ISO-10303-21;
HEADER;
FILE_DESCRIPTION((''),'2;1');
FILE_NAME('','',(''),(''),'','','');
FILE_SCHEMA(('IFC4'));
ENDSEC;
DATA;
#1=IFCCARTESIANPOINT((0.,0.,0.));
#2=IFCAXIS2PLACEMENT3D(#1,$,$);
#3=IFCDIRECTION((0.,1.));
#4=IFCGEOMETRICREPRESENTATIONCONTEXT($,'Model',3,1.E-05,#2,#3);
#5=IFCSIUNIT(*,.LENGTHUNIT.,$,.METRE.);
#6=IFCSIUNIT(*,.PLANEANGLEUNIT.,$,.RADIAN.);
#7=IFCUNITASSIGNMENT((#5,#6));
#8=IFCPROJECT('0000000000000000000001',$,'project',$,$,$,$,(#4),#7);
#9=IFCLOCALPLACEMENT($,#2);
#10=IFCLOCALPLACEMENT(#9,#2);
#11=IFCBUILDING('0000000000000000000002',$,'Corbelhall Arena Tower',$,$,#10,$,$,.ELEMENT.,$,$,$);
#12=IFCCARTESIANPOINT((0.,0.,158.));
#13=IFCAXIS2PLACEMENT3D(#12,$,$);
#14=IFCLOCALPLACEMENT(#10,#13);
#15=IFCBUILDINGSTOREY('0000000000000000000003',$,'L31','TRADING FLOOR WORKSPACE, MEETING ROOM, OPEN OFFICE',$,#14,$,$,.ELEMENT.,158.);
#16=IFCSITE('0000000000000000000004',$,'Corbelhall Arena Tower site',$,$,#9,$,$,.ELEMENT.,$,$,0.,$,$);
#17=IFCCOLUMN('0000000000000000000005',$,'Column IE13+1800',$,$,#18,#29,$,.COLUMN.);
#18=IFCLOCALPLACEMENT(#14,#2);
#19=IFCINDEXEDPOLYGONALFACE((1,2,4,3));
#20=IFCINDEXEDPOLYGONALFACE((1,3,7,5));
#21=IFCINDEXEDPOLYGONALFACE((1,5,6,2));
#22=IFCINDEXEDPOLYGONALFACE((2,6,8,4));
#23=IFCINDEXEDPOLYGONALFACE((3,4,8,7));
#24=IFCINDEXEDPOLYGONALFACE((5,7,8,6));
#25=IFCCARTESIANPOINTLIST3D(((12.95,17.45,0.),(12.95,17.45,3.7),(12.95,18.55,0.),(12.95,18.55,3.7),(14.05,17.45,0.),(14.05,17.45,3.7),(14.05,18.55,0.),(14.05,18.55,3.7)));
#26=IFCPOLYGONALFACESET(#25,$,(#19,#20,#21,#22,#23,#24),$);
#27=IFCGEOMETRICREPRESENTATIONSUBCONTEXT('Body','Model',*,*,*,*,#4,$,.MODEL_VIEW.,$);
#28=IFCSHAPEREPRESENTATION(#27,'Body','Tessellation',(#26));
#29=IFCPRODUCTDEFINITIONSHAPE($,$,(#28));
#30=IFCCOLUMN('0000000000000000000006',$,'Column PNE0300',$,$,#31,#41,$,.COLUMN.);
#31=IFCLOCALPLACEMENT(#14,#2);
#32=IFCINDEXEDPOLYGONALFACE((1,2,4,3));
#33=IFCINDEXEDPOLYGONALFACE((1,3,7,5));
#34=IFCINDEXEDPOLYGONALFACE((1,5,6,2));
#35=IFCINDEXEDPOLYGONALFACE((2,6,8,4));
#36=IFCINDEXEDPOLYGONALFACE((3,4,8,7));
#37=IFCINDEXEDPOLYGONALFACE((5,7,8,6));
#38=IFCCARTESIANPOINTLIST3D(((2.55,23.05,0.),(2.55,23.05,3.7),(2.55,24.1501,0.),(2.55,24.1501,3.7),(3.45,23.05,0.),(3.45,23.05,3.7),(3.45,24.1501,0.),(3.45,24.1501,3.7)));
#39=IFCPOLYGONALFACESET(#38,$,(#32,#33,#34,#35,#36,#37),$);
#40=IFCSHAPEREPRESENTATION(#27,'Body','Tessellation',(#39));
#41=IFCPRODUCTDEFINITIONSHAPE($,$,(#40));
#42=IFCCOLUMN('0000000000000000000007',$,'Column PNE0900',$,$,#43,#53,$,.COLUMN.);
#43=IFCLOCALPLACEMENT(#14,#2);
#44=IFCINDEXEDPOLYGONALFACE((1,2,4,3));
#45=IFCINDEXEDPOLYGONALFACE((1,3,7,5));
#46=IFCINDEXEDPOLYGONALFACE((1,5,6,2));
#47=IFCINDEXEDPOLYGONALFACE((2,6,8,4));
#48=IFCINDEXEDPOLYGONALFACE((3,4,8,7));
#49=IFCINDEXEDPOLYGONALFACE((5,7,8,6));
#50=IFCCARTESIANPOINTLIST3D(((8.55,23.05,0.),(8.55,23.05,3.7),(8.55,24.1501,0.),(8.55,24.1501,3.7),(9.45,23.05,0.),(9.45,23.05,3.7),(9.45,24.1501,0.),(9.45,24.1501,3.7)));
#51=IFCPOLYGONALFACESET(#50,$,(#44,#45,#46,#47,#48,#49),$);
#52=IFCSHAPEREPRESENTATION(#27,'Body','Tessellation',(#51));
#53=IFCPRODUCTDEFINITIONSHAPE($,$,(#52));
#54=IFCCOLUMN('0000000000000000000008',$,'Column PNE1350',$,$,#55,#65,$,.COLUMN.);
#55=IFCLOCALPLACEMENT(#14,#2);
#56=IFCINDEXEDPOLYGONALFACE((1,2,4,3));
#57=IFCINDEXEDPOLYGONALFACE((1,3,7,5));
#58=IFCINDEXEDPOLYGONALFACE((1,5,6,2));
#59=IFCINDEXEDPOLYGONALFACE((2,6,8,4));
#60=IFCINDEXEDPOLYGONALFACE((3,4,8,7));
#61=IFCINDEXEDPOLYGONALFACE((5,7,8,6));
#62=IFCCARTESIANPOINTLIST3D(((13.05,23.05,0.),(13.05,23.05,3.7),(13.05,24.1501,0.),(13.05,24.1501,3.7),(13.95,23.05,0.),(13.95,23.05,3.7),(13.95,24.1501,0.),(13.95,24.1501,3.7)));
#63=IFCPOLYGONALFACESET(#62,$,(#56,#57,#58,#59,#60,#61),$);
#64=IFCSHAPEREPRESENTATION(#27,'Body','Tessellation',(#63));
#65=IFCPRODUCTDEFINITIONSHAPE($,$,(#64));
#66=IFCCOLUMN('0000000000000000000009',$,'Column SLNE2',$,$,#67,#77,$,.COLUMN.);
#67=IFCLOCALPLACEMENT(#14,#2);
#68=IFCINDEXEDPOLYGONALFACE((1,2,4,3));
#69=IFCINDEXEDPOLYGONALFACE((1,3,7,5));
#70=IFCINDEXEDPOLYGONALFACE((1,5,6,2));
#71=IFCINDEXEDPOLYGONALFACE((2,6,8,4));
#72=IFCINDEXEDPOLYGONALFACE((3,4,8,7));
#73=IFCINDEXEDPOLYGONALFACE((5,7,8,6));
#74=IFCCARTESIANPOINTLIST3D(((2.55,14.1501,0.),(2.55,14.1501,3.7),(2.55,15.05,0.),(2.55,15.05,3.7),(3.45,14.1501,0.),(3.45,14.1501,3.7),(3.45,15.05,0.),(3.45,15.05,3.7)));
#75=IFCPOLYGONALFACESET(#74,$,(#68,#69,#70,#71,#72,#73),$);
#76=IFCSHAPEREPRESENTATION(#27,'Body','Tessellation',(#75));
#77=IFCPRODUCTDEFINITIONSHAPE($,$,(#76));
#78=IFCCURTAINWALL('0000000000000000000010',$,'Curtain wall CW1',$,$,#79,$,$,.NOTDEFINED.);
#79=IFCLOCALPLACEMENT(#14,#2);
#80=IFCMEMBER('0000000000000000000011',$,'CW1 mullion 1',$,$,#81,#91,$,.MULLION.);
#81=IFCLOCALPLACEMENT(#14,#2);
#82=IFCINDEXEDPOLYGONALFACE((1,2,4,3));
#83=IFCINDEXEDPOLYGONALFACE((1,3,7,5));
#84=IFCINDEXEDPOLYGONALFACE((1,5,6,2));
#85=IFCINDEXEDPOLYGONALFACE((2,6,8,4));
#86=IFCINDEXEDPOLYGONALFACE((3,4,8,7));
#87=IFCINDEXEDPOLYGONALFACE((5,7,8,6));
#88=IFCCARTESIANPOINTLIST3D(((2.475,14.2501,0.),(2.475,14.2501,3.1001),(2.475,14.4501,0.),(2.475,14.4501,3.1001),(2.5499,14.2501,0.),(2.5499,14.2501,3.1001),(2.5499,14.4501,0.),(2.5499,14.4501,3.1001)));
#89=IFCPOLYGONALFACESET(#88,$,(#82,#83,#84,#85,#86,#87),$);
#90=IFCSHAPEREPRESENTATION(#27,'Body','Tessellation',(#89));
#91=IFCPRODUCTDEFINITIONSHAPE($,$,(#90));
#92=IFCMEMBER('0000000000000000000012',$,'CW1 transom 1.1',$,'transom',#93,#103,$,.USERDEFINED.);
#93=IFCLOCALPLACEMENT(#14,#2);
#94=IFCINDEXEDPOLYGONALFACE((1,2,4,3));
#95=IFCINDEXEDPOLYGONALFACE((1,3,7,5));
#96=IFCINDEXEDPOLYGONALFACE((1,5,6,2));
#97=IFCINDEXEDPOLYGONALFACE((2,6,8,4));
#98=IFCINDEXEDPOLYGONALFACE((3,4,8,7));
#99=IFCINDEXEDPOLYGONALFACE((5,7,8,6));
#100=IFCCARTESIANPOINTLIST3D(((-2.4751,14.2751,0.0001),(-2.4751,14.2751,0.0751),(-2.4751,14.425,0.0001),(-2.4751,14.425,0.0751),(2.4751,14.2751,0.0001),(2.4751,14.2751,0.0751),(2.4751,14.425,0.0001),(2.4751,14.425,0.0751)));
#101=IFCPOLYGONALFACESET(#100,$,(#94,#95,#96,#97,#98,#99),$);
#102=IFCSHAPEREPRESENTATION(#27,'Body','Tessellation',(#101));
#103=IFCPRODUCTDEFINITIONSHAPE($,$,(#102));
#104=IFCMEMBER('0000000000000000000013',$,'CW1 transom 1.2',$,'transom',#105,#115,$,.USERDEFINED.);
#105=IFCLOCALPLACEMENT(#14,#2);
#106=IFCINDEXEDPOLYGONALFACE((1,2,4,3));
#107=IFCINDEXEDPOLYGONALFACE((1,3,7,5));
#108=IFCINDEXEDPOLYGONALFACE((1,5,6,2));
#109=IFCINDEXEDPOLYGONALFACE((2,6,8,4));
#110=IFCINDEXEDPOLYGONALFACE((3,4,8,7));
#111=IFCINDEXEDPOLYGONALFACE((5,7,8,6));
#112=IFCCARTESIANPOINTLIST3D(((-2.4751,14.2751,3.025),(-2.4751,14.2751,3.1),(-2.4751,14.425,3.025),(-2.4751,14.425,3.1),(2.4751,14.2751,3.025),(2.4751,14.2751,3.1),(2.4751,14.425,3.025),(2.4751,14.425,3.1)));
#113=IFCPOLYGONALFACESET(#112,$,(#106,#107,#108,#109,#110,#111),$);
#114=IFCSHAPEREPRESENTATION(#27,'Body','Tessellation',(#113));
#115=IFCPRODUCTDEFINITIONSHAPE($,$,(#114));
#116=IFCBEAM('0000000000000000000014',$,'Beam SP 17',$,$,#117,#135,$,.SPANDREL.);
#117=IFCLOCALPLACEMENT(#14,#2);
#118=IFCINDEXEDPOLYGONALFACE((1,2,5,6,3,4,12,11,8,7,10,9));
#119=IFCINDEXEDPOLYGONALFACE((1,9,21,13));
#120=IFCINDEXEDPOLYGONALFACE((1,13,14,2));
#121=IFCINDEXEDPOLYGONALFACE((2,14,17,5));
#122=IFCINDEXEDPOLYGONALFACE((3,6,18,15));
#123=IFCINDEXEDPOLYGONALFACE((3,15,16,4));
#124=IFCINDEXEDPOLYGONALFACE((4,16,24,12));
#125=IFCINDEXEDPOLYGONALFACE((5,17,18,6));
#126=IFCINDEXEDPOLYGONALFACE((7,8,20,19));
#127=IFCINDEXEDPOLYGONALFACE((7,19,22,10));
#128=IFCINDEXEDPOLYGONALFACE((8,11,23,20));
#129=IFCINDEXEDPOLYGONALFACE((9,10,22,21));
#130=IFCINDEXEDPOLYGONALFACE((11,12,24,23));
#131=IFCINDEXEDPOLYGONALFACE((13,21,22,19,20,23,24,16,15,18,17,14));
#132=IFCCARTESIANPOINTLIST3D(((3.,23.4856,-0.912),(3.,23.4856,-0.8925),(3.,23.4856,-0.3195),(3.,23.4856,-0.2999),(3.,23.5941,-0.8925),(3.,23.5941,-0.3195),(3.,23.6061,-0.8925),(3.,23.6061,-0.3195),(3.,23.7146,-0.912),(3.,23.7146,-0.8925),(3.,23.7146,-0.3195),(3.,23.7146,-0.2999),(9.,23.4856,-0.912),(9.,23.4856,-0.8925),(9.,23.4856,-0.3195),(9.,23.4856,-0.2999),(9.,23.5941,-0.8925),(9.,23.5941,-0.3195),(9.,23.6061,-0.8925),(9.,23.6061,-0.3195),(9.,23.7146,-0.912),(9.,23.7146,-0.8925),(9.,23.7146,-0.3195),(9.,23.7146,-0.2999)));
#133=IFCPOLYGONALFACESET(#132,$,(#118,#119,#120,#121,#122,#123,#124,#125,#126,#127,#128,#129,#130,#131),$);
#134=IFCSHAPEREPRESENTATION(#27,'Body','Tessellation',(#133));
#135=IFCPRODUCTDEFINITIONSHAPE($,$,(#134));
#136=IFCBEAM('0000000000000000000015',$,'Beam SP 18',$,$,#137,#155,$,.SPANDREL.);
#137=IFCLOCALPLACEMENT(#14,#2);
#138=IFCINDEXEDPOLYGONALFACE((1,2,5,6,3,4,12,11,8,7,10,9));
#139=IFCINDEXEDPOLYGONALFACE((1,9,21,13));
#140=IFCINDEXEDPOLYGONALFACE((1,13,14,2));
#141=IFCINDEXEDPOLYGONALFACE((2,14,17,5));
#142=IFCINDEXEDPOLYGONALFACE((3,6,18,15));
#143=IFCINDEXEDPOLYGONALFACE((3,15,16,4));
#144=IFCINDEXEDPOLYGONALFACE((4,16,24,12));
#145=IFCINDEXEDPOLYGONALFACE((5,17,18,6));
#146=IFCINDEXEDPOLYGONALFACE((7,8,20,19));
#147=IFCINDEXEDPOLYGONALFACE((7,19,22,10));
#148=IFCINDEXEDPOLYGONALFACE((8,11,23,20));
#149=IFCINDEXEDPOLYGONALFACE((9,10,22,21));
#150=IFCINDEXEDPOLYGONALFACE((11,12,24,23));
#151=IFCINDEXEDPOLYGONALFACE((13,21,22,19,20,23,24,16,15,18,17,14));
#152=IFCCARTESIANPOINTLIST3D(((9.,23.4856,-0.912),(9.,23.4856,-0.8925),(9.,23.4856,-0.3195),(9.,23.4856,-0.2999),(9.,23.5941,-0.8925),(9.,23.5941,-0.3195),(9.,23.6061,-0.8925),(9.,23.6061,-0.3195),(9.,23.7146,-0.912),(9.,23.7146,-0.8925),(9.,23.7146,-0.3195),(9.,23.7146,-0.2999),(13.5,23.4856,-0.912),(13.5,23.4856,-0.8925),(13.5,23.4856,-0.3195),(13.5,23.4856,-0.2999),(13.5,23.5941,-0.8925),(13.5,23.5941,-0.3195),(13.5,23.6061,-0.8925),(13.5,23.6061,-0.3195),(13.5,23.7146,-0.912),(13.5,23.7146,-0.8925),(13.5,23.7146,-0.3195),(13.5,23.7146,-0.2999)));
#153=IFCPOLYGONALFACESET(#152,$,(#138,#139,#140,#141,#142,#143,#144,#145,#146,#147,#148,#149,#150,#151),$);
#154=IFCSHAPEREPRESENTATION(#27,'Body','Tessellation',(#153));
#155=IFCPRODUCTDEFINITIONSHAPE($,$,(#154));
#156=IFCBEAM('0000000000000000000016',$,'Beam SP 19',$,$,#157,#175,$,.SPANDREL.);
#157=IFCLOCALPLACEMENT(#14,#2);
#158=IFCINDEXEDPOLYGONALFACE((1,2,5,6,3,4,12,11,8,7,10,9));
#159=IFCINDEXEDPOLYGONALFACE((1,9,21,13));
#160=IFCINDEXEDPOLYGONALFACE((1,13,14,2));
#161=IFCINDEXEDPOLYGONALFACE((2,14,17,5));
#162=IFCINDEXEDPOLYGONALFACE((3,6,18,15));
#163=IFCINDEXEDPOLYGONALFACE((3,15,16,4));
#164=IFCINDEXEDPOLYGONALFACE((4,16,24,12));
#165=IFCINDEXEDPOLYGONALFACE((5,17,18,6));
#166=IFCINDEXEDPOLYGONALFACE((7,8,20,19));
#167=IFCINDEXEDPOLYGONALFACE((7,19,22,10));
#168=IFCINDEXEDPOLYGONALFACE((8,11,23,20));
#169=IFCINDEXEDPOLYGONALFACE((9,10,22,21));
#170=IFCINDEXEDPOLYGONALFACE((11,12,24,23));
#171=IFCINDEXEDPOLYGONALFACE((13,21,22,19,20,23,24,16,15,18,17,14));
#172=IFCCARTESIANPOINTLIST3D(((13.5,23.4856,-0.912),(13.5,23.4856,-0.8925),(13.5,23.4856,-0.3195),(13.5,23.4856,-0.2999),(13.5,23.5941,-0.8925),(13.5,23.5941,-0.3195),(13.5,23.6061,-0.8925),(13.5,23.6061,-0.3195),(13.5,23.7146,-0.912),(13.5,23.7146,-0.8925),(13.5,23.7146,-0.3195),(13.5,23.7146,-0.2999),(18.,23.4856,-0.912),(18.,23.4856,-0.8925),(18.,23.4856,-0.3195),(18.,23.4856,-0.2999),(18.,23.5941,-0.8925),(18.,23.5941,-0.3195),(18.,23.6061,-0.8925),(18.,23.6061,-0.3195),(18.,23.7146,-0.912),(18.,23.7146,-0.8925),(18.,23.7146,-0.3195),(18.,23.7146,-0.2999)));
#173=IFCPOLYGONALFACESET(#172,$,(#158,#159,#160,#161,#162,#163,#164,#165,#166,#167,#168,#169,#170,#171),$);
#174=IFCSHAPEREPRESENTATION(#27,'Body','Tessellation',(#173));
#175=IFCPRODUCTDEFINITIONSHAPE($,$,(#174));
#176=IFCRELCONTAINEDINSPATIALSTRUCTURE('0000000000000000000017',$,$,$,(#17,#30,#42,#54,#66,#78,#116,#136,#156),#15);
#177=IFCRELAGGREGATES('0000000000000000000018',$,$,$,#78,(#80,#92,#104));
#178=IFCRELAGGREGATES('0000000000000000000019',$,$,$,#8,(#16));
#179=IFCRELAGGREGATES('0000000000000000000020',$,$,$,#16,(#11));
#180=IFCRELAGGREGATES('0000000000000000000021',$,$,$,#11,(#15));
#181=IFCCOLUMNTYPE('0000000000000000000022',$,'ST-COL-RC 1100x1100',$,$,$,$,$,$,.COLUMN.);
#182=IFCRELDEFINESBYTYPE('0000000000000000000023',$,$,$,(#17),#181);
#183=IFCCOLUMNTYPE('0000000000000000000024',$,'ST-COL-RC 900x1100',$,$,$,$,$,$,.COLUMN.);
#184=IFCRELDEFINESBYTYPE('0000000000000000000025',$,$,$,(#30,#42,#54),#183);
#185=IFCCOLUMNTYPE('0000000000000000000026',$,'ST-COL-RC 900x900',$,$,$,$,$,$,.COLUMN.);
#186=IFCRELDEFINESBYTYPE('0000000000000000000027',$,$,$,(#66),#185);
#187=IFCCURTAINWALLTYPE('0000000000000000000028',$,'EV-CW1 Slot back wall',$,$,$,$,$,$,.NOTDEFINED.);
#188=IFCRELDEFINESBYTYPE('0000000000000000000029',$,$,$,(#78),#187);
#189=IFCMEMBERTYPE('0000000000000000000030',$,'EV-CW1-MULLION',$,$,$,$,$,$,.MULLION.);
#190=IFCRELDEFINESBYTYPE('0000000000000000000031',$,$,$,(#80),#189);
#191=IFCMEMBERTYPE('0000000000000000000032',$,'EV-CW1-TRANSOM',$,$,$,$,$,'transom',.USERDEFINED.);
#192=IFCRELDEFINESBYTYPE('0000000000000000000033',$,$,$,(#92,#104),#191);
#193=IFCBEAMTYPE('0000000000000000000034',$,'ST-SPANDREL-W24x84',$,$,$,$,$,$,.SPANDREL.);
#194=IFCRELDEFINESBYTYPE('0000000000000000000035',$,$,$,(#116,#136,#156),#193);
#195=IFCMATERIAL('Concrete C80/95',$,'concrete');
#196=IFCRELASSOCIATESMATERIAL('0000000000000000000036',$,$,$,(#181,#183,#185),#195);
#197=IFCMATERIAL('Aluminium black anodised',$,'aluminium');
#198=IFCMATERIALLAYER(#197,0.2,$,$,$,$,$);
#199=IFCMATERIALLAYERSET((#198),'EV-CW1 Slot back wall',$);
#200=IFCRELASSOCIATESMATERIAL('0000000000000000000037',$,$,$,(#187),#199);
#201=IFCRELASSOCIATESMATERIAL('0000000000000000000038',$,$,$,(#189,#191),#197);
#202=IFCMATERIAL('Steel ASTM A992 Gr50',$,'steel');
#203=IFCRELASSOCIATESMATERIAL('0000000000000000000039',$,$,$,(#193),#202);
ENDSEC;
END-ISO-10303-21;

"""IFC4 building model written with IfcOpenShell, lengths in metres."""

from ifc_helpers import new_model, si_unit, direction, frame, origin, origin_2d, place, context, subcontext, project, spatial, rectangle, i_section, extrude, material, layer, layer_set, material_profile, profile_set, type_object, element, aggregate, save


model = new_model("IFC4")

# Units and contexts
model_context = context("Model", 3, precision=1e-05, world=origin(), true_north=direction((0.0, 1.0)))
body_context = subcontext(model_context, "Body", "Model", "MODEL_VIEW")
ifc_project = project(units=[si_unit("LENGTHUNIT", "METRE"), si_unit("PLANEANGLEUNIT", "RADIAN")], contexts=[model_context])

# Site, building, storey
site_placement = place(None, origin())
site = spatial("IfcSite", under=ifc_project, at=site_placement, Name="Corbelhall Arena Tower site", CompositionType="ELEMENT", RefElevation=0.0)
building_placement = place(site_placement, origin())
building = spatial("IfcBuilding", under=site, at=building_placement, Name="Corbelhall Arena Tower", CompositionType="ELEMENT")
storey_placement = place(building_placement, frame((0.0, 0.0, 158.0)))
storey = spatial("IfcBuildingStorey", under=building, at=storey_placement, Name="L31", Description="TRADING FLOOR WORKSPACE, MEETING ROOM, OPEN OFFICE", CompositionType="ELEMENT", Elevation=158.0)

# Columns
ifc_material_1 = material(Name="Concrete C80/95", Category="concrete")
ifc_material_profile_1 = material_profile(ifc_material_1, rectangle(XDim=1.1001, YDim=1.1001, at=origin_2d()))
ifc_profile_set_1 = profile_set([ifc_material_profile_1], Name="Concrete C80/95")
column_type_1 = type_object("IfcColumnType", Name="ST-COL-RC 1100x1100", PredefinedType="COLUMN", material=ifc_profile_set_1)
column_1_placement = place(storey_placement, frame((13.5, 18.0, 0.0), z_axis=(0.0, 0.0, 1.0), x_axis=(1.0, 0.0, 0.0)))
element("IfcColumn", 1, at=column_1_placement, inside=storey, type_object=column_type_1, Name="Column IE13+1800", PredefinedType="COLUMN", context=body_context, shape_type="SweptSolid", body=[
    extrude(rectangle(XDim=1.1001, YDim=1.1001, at=origin_2d()), origin(), (0.0, 0.0, 1.0), 3.7),
])
ifc_material_profile_2 = material_profile(ifc_material_1, rectangle(XDim=0.8999, YDim=1.1001, at=origin_2d()))
ifc_profile_set_2 = profile_set([ifc_material_profile_2], Name="Concrete C80/95")
column_type_2 = type_object("IfcColumnType", Name="ST-COL-RC 900x1100", PredefinedType="COLUMN", material=ifc_profile_set_2)
for number, where, z_axis, x_axis, name in (
    (2, (3.0, 23.6001, 0.0), (0.0, 0.0, 1.0), (1.0, 0.0, 0.0), "Column PNE0300"),
    (3, (9.0, 23.6001, 0.0), (0.0, 0.0, 1.0), (1.0, 0.0, 0.0), "Column PNE0900"),
    (4, (13.5, 23.6001, 0.0), (0.0, 0.0, 1.0), (1.0, 0.0, 0.0), "Column PNE1350"),
):
    element("IfcColumn", number, at=place(storey_placement, frame(where, z_axis=z_axis, x_axis=x_axis)), inside=storey, type_object=column_type_2, Name=name, PredefinedType="COLUMN", context=body_context, shape_type="SweptSolid", body=[
        extrude(rectangle(XDim=0.8999, YDim=1.1001, at=origin_2d()), origin(), (0.0, 0.0, 1.0), 3.7),
    ])
ifc_material_profile_3 = material_profile(ifc_material_1, rectangle(XDim=0.8999, YDim=0.8999, at=origin_2d()))
ifc_profile_set_3 = profile_set([ifc_material_profile_3], Name="Concrete C80/95")
column_type_3 = type_object("IfcColumnType", Name="ST-COL-RC 900x900", PredefinedType="COLUMN", material=ifc_profile_set_3)
column_2_placement = place(storey_placement, frame((3.0, 14.6001, 0.0), z_axis=(0.0, 0.0, 1.0), x_axis=(1.0, 0.0, 0.0)))
element("IfcColumn", 5, at=column_2_placement, inside=storey, type_object=column_type_3, Name="Column SLNE2", PredefinedType="COLUMN", context=body_context, shape_type="SweptSolid", body=[
    extrude(rectangle(XDim=0.8999, YDim=0.8999, at=origin_2d()), origin(), (0.0, 0.0, 1.0), 3.7),
])

# Curtain wall, members
ifc_material_2 = material(Name="Aluminium black anodised", Category="aluminium")
ifc_layer_1 = layer(ifc_material_2, 0.2)
ifc_layer_set_1 = layer_set([ifc_layer_1], Name="EV-CW1 Slot back wall")
curtain_wall_type = type_object("IfcCurtainWallType", Name="EV-CW1 Slot back wall", PredefinedType="NOTDEFINED", material=ifc_layer_set_1)
curtain_wall_placement = place(storey_placement, origin())
curtain_wall = element("IfcCurtainWall", 6, at=curtain_wall_placement, inside=storey, type_object=curtain_wall_type, Name="Curtain wall CW1", PredefinedType="NOTDEFINED")
ifc_material_profile_4 = material_profile(ifc_material_2, rectangle(XDim=0.2, YDim=0.075, at=origin_2d()))
ifc_profile_set_4 = profile_set([ifc_material_profile_4], Name="Aluminium black anodised")
member_type_1 = type_object("IfcMemberType", Name="EV-CW1-MULLION", PredefinedType="MULLION", material=ifc_profile_set_4)
member_1_placement = place(storey_placement, frame((2.5125, 14.3501, 0.0), z_axis=(0.0, 0.0, 1.0), x_axis=(0.0, -1.0, 0.0)))
member_1 = element("IfcMember", 7, at=member_1_placement, type_object=member_type_1, Name="CW1 mullion 1", PredefinedType="MULLION", context=body_context, shape_type="SweptSolid", body=[
    extrude(rectangle(XDim=0.2, YDim=0.075, at=origin_2d()), origin(), (0.0, 0.0, 1.0), 3.1001),
])
ifc_material_profile_5 = material_profile(ifc_material_2, rectangle(XDim=0.1499, YDim=0.075, at=origin_2d()))
ifc_profile_set_5 = profile_set([ifc_material_profile_5], Name="Aluminium black anodised")
member_type_2 = type_object("IfcMemberType", Name="EV-CW1-TRANSOM", ElementType="transom", PredefinedType="USERDEFINED", material=ifc_profile_set_5)
member_2_placement = place(storey_placement, frame((2.4751, 14.3501, 0.0376), z_axis=(-1.0, 0.0, 0.0), x_axis=(0.0, -1.0, 0.0)))
member_2 = element("IfcMember", 8, at=member_2_placement, type_object=member_type_2, Name="CW1 transom 1.1", ObjectType="transom", PredefinedType="USERDEFINED", context=body_context, shape_type="SweptSolid", body=[
    extrude(rectangle(XDim=0.1499, YDim=0.075, at=origin_2d()), origin(), (0.0, 0.0, 1.0), 4.9502),
])
member_3_placement = place(storey_placement, frame((2.4751, 14.3501, 3.0625), z_axis=(-1.0, 0.0, 0.0), x_axis=(0.0, -1.0, 0.0)))
member_3 = element("IfcMember", 9, at=member_3_placement, type_object=member_type_2, Name="CW1 transom 1.2", ObjectType="transom", PredefinedType="USERDEFINED", context=body_context, shape_type="SweptSolid", body=[
    extrude(rectangle(XDim=0.1499, YDim=0.075, at=origin_2d()), origin(), (0.0, 0.0, 1.0), 4.9502),
])

# Beams
ifc_material_3 = material(Name="Steel ASTM A992 Gr50", Category="steel")
ifc_material_profile_6 = material_profile(ifc_material_3, i_section(OverallWidth=0.229, OverallDepth=0.6121, WebThickness=0.012, FlangeThickness=0.0195, at=origin_2d()))
ifc_profile_set_6 = profile_set([ifc_material_profile_6], Name="Steel ASTM A992 Gr50")
beam_type_1 = type_object("IfcBeamType", Name="ST-SPANDREL-W24x84", PredefinedType="SPANDREL", material=ifc_profile_set_6)
beam_1_placement = place(storey_placement, frame((3.0, 23.6001, -0.606), z_axis=(1.0, 0.0, 0.0), x_axis=(0.0, 1.0, 0.0)))
element("IfcBeam", 10, at=beam_1_placement, inside=storey, type_object=beam_type_1, Name="Beam SP 17", PredefinedType="SPANDREL", context=body_context, shape_type="SweptSolid", body=[
    extrude(i_section(OverallWidth=0.229, OverallDepth=0.6121, WebThickness=0.012, FlangeThickness=0.0195, at=origin_2d()), origin(), (0.0, 0.0, 1.0), 6.0),
])
for number, where, z_axis, x_axis, name in (
    (11, (9.0, 23.6001, -0.606), (1.0, 0.0, 0.0), (0.0, 1.0, 0.0), "Beam SP 18"),
    (12, (13.5, 23.6001, -0.606), (1.0, 0.0, 0.0), (0.0, 1.0, 0.0), "Beam SP 19"),
):
    element("IfcBeam", number, at=place(storey_placement, frame(where, z_axis=z_axis, x_axis=x_axis)), inside=storey, type_object=beam_type_1, Name=name, PredefinedType="SPANDREL", context=body_context, shape_type="SweptSolid", body=[
        extrude(i_section(OverallWidth=0.229, OverallDepth=0.6121, WebThickness=0.012, FlangeThickness=0.0195, at=origin_2d()), origin(), (0.0, 0.0, 1.0), 4.5),
    ])

aggregate(curtain_wall, [member_1, member_2, member_3])

save(model, "model.ifc")
